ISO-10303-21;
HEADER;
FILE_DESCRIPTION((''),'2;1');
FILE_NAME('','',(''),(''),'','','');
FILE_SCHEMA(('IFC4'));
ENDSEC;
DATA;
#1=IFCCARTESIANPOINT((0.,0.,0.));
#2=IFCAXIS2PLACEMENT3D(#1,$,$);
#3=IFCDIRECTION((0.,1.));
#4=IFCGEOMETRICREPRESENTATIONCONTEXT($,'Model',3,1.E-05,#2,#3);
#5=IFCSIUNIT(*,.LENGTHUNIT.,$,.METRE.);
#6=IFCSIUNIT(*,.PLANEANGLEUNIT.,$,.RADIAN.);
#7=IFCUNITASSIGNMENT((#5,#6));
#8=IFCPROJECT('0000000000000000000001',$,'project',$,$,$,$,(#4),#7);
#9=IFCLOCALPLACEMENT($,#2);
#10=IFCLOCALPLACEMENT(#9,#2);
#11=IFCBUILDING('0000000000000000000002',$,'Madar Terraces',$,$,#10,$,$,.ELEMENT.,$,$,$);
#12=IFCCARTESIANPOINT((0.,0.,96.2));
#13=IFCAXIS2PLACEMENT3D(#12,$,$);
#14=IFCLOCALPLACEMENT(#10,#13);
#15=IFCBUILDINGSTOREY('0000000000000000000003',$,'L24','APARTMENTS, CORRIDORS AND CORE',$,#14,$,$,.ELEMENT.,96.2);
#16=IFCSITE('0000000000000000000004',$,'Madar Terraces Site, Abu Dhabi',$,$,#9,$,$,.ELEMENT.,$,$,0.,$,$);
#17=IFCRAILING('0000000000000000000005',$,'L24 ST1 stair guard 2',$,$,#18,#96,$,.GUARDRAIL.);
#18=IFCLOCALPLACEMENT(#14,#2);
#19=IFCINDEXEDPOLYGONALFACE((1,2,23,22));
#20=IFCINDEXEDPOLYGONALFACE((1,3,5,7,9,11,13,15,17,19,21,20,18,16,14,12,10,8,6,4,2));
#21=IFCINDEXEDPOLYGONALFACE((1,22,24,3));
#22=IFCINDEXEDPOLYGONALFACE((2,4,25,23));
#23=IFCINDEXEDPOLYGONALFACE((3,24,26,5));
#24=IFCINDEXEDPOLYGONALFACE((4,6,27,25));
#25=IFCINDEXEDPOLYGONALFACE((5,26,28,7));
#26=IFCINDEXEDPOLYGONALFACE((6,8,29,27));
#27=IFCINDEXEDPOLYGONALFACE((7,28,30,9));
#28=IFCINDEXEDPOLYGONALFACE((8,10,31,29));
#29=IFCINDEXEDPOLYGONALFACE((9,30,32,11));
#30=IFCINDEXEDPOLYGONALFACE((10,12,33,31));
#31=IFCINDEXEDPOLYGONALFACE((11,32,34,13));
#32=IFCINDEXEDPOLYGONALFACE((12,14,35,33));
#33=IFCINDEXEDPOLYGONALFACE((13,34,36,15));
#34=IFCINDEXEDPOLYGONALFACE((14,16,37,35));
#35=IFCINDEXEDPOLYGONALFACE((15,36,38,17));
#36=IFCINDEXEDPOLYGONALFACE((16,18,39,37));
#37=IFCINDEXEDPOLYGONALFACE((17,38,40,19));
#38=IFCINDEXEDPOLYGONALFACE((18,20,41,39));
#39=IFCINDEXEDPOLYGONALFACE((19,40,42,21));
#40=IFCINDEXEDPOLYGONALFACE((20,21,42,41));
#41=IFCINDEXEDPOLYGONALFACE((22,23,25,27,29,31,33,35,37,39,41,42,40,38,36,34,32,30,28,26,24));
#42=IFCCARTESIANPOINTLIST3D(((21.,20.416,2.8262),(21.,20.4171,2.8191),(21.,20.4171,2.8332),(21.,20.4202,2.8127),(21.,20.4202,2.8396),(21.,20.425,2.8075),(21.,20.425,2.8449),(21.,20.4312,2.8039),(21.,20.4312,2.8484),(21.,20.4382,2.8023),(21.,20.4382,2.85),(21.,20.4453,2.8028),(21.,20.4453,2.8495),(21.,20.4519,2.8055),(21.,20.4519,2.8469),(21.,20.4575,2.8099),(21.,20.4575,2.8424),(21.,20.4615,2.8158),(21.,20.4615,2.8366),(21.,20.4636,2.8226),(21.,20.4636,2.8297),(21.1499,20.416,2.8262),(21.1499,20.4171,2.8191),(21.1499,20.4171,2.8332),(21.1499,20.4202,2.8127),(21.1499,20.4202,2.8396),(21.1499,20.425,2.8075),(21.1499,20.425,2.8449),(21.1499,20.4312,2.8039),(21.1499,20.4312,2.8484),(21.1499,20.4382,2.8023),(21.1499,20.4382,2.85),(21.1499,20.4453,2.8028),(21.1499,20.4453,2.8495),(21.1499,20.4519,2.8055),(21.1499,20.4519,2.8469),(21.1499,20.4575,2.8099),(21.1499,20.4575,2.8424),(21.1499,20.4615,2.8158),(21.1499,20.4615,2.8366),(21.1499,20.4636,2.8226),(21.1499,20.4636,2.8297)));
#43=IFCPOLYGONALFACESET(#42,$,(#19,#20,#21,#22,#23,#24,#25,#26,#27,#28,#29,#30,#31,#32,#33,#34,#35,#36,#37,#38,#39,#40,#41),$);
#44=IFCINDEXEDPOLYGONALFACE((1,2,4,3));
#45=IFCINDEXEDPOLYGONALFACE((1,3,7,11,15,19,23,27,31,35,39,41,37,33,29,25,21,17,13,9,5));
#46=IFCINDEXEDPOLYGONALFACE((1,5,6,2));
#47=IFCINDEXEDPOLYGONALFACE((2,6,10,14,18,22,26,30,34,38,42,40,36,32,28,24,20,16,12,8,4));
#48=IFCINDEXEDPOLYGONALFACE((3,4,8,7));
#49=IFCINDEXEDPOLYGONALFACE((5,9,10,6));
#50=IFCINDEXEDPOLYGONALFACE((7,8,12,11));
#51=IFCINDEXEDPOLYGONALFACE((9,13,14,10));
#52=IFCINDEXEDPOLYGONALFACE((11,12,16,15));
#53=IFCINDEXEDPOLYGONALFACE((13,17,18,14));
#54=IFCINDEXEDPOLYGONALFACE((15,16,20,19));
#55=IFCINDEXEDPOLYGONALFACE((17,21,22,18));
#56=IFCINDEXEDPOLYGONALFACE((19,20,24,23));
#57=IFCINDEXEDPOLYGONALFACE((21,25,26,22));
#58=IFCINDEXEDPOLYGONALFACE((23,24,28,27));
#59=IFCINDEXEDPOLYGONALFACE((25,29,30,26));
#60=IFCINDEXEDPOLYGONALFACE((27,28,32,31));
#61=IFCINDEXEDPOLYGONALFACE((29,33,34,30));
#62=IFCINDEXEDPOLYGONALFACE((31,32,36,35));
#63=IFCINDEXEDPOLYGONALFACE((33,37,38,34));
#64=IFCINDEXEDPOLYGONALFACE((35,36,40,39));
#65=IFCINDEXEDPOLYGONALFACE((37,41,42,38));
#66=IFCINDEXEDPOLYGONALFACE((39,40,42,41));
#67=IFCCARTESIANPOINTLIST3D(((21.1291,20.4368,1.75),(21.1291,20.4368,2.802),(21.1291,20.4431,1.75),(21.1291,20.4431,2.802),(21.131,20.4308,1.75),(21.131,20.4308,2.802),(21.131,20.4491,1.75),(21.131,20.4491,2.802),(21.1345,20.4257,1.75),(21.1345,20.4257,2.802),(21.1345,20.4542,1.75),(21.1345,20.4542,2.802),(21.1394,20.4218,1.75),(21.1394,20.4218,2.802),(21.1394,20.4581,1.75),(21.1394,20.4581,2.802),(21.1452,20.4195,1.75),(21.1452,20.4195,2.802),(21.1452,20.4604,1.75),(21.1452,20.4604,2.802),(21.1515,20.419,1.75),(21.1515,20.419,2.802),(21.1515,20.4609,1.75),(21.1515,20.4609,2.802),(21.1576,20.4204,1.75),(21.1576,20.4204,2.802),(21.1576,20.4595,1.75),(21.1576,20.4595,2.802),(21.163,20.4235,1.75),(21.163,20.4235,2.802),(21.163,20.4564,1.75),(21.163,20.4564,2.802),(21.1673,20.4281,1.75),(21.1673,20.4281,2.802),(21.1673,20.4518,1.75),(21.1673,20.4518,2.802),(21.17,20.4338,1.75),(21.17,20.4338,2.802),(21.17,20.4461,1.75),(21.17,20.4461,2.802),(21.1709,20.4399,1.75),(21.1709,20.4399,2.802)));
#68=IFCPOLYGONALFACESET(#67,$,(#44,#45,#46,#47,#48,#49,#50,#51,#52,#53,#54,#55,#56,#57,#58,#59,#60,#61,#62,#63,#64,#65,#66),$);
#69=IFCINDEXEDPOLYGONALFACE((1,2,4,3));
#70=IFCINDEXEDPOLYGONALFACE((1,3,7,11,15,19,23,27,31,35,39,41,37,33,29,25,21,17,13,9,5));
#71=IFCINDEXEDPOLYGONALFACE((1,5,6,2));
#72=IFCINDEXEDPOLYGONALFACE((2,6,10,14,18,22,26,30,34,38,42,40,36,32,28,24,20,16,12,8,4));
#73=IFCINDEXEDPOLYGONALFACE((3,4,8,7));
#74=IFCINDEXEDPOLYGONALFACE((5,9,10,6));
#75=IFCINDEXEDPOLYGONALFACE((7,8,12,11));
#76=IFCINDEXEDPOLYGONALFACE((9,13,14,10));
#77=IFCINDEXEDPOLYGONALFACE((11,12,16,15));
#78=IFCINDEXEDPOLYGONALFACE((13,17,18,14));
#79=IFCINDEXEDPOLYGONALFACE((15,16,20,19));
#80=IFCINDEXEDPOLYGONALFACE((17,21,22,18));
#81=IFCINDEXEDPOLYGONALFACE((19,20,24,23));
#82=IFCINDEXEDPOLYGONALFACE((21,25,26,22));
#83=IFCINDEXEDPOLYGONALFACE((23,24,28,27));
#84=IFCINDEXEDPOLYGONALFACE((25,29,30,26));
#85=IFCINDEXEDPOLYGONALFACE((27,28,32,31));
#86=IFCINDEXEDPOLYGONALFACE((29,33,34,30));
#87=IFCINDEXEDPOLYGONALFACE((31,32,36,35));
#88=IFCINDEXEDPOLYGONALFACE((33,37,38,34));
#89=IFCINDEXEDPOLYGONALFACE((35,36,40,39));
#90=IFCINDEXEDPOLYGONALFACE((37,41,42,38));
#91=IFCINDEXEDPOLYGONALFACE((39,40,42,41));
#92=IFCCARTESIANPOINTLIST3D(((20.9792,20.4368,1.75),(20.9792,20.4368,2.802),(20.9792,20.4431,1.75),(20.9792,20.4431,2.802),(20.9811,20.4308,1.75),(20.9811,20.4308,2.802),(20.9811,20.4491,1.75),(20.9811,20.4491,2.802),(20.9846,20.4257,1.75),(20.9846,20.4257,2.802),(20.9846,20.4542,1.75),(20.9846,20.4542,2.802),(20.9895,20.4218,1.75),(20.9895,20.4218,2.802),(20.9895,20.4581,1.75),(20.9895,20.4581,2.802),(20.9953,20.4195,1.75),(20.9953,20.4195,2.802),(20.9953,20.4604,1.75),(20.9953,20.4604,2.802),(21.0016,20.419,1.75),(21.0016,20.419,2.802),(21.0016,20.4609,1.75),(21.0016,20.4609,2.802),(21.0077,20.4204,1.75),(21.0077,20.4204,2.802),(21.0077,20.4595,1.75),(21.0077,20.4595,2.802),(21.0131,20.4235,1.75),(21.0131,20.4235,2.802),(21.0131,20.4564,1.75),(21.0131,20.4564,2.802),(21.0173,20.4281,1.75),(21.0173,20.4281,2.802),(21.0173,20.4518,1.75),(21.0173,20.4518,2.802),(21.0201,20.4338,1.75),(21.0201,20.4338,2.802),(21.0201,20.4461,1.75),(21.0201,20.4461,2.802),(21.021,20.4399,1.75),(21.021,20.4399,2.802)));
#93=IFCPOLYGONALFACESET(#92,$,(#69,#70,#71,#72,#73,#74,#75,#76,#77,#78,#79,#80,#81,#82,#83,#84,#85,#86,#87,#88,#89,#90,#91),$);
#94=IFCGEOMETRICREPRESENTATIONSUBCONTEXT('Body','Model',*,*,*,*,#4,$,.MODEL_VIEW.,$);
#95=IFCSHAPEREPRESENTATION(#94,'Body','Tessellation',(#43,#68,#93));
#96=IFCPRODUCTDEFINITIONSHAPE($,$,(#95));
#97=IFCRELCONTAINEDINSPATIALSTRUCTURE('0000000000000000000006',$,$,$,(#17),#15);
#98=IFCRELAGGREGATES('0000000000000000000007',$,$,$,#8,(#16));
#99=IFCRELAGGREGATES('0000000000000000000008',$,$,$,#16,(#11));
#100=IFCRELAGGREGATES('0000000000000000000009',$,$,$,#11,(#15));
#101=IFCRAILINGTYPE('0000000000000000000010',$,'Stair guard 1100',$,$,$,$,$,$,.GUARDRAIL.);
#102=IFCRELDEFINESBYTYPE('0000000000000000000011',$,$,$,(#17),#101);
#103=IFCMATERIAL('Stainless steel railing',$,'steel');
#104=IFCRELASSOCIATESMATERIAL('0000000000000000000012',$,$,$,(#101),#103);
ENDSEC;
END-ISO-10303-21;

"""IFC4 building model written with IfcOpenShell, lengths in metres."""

from ifc_helpers import new_model, si_unit, direction, frame, origin, origin_2d, place, context, subcontext, project, spatial, circle, extrude, material, type_object, element, save


model = new_model("IFC4")

# Units and contexts
model_context = context("Model", 3, precision=1e-05, world=origin(), true_north=direction((0.0, 1.0)))
body_context = subcontext(model_context, "Body", "Model", "MODEL_VIEW")
ifc_project = project(units=[si_unit("LENGTHUNIT", "METRE"), si_unit("PLANEANGLEUNIT", "RADIAN")], contexts=[model_context])

# Site, building, storey
site_placement = place(None, origin())
site = spatial("IfcSite", under=ifc_project, at=site_placement, Name="Madar Terraces Site, Abu Dhabi", CompositionType="ELEMENT", RefElevation=0.0)
building_placement = place(site_placement, origin())
building = spatial("IfcBuilding", under=site, at=building_placement, Name="Madar Terraces", CompositionType="ELEMENT")
storey_placement = place(building_placement, frame((0.0, 0.0, 96.2)))
storey = spatial("IfcBuildingStorey", under=building, at=storey_placement, Name="L24", Description="APARTMENTS, CORRIDORS AND CORE", CompositionType="ELEMENT", Elevation=96.2)

# Railing
ifc_material_1 = material(Name="Stainless steel railing", Category="steel")
railing_type_1 = type_object("IfcRailingType", Name="Stair guard 1100", PredefinedType="GUARDRAIL", material=ifc_material_1)
railing_1_placement = place(storey_placement, frame((21.1499, 20.4399, 1.75)))
element("IfcRailing", 1, at=railing_1_placement, inside=storey, type_object=railing_type_1, Name="L24 ST1 stair guard 2", PredefinedType="GUARDRAIL", context=body_context, shape_type="SweptSolid", body=[
    extrude(circle(Radius=0.0239, at=origin_2d()), frame((0.0, 0.0, 1.0762), z_axis=(-1.0, 0.0, 0.0), x_axis=(0.0, -1.0, 0.0)), (0.0, 0.0, 1.0), 0.1499),
    extrude(circle(Radius=0.021, at=origin_2d()), origin(), (0.0, 0.0, 1.0), 1.052),
    extrude(circle(Radius=0.021, at=origin_2d()), frame((-0.1499, 0.0, 0.0)), (0.0, 0.0, 1.0), 1.052),
])

save(model, "model.ifc")
